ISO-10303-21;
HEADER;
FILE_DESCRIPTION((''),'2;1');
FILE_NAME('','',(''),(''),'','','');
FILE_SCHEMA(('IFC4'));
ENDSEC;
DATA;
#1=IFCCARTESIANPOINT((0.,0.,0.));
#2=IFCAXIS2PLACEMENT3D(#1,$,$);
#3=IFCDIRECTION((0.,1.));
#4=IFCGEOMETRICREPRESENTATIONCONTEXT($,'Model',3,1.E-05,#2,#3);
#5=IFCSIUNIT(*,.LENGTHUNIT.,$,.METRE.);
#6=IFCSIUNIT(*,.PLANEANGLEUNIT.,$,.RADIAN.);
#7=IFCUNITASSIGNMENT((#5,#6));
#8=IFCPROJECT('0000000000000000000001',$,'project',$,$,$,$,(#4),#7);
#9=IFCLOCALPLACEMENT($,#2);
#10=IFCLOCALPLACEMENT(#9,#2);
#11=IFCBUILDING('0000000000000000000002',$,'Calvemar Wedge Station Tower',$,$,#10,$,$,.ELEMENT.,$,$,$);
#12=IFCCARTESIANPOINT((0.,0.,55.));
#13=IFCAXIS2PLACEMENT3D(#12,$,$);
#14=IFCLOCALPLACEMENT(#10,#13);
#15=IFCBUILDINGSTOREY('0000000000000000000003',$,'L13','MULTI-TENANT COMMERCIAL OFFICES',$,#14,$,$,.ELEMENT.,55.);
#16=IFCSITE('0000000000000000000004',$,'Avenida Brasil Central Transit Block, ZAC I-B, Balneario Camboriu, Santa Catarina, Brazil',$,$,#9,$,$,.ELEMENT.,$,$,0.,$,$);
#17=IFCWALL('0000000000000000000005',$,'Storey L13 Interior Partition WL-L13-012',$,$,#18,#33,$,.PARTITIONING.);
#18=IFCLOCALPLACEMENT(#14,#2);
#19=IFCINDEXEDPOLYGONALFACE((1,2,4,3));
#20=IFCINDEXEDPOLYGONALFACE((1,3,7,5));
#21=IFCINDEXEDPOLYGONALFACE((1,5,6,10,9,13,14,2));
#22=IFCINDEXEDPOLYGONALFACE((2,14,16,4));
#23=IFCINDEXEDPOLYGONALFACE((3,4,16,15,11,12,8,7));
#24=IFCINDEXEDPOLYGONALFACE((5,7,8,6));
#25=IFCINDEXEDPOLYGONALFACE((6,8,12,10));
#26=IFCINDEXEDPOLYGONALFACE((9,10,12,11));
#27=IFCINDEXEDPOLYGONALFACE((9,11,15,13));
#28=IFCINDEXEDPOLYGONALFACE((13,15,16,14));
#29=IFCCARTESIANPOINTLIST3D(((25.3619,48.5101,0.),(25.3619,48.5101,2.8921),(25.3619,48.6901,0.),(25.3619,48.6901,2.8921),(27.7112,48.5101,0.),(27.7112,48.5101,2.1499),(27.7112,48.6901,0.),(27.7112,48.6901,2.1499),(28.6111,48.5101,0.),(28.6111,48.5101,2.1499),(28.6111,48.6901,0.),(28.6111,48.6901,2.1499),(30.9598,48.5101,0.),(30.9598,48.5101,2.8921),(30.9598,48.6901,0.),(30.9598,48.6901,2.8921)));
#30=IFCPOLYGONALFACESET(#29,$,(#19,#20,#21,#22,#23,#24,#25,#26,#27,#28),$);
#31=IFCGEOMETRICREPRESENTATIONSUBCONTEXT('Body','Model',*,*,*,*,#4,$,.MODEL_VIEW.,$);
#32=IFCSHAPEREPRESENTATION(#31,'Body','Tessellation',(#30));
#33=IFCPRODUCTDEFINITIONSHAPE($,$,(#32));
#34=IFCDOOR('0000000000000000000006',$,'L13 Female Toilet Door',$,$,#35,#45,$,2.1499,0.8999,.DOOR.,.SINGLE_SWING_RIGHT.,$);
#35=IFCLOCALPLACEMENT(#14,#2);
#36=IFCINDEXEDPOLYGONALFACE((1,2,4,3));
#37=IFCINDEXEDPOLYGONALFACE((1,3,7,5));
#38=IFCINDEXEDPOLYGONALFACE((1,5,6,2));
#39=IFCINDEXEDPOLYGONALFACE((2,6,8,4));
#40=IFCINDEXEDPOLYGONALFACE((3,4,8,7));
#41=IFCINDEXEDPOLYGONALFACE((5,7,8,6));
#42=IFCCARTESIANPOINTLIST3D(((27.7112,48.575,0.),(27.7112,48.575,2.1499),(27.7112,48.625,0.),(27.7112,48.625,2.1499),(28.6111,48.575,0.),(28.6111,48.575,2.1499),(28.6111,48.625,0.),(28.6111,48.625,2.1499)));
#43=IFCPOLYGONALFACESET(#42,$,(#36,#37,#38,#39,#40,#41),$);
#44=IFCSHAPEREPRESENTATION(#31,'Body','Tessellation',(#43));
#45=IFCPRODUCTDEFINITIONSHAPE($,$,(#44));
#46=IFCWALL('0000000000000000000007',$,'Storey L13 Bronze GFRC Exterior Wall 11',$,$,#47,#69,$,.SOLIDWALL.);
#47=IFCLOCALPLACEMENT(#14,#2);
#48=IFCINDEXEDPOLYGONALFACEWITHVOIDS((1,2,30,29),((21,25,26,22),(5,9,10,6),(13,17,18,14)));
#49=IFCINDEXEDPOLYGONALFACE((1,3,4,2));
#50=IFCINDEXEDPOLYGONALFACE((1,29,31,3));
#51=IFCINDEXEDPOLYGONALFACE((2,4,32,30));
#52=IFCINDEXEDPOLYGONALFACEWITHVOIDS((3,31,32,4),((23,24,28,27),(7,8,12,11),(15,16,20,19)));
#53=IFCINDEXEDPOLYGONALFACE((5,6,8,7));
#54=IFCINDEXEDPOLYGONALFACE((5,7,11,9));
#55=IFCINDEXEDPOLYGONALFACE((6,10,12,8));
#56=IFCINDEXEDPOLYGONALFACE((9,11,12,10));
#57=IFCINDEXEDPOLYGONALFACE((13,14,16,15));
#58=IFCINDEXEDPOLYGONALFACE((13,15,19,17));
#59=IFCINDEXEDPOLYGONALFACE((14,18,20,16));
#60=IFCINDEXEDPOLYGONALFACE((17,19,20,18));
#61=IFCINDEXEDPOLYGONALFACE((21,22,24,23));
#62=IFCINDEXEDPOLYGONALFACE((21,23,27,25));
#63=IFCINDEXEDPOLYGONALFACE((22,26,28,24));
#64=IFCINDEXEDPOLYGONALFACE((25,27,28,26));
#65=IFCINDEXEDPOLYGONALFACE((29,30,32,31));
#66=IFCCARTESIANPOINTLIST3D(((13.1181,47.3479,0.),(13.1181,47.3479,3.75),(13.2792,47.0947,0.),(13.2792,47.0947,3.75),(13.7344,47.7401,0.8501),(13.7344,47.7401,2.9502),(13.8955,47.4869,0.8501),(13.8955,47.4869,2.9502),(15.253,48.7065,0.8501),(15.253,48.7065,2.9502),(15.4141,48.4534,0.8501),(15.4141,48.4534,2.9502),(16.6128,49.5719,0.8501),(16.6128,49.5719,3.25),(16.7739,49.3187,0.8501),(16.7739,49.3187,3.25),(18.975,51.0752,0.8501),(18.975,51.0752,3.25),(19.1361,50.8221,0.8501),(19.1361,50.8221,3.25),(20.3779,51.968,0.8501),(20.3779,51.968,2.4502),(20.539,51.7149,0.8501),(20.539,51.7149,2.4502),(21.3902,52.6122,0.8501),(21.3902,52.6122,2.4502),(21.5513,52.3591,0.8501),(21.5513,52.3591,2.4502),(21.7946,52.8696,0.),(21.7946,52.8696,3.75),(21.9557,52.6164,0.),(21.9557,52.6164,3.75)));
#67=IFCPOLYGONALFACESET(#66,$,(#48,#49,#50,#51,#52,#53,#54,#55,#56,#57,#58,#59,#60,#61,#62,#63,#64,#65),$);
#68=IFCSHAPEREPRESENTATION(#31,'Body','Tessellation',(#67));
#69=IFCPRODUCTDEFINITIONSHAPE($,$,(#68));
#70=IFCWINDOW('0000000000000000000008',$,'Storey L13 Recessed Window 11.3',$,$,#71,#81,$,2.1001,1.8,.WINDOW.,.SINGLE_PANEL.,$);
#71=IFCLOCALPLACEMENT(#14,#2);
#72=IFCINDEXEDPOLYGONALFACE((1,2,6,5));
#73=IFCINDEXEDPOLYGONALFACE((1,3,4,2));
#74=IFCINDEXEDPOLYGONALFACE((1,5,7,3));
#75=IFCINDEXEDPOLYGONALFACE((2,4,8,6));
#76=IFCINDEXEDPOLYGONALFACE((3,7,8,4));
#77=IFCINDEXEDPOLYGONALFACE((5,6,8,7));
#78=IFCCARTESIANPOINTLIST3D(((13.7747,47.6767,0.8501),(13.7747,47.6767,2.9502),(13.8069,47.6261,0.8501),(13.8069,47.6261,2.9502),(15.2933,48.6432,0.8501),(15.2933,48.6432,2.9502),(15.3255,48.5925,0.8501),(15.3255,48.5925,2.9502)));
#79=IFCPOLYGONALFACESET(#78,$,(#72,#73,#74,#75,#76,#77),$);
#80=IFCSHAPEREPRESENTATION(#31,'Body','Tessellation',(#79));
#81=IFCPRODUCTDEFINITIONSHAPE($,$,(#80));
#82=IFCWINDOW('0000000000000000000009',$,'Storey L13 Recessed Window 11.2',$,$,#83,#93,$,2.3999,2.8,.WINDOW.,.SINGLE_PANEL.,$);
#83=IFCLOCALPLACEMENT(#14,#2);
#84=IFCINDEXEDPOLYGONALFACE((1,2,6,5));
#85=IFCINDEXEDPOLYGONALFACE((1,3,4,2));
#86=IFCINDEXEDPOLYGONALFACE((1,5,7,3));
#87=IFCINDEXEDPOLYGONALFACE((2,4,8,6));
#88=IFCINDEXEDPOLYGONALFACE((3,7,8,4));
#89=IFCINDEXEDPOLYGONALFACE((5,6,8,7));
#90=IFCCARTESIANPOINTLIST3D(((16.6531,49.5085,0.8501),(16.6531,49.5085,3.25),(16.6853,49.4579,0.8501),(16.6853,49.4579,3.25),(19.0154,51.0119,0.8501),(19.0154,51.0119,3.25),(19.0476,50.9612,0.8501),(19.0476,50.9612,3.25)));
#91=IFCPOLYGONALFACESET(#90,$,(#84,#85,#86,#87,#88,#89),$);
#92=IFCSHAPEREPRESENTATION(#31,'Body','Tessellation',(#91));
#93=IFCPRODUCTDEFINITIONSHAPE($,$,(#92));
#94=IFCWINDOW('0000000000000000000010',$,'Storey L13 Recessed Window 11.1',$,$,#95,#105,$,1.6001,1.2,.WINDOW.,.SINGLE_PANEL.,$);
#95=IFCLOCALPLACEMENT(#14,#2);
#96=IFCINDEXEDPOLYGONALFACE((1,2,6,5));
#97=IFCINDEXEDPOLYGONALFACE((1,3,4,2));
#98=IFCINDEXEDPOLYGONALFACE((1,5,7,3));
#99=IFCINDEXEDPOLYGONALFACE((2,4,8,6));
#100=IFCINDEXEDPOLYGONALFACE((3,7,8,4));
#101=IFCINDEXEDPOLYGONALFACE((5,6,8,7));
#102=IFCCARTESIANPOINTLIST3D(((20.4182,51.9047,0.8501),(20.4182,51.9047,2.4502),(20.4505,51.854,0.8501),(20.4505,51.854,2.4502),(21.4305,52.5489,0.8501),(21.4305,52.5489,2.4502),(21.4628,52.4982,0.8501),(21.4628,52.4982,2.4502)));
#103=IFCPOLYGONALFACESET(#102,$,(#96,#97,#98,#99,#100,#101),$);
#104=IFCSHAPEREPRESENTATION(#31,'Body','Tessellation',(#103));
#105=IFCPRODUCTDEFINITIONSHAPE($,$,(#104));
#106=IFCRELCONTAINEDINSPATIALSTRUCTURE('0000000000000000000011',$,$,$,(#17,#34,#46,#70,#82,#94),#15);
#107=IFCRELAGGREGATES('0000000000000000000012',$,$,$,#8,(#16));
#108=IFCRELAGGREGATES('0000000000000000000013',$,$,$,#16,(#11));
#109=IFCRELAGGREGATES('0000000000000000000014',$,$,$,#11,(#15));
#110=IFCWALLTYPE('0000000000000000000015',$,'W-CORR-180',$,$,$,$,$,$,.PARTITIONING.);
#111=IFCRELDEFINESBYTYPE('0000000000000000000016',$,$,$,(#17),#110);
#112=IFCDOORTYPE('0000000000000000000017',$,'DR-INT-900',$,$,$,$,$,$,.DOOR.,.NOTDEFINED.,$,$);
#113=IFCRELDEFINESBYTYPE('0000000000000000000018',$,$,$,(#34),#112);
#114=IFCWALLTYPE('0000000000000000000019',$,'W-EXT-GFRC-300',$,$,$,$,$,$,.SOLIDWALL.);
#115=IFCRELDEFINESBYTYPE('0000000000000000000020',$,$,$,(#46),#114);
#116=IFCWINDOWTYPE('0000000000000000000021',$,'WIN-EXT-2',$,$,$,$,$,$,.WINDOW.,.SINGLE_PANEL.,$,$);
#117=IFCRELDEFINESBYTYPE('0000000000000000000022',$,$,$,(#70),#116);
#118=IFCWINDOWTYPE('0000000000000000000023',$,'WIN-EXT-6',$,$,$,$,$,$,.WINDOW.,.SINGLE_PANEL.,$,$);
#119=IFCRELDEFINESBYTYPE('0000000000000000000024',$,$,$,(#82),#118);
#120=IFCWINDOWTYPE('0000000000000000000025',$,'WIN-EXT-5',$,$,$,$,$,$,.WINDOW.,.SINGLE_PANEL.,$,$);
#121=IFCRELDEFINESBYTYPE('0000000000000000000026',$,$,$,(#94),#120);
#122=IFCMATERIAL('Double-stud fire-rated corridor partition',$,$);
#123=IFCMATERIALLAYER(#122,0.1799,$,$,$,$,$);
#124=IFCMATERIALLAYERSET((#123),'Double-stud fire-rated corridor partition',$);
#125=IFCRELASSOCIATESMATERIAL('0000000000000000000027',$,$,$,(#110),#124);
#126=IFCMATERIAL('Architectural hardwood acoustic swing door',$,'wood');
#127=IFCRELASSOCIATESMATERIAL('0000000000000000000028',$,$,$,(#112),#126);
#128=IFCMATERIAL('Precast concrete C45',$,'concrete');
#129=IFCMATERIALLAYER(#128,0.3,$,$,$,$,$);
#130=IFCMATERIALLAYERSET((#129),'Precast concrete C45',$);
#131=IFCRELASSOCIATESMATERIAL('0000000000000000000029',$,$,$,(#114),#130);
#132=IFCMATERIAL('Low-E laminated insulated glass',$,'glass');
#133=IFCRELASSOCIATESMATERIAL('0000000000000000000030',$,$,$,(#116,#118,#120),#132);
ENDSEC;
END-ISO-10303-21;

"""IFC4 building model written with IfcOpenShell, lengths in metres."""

from ifc_helpers import new_model, si_unit, direction, frame, frame_2d, origin, place, context, subcontext, project, spatial, rectangle, extrude, source, transform, mapped, material, layer, layer_set, type_object, element, fill, save


model = new_model("IFC4")

# Units and contexts
model_context = context("Model", 3, precision=1e-05, world=origin(), true_north=direction((0.0, 1.0)))
body_context = subcontext(model_context, "Body", "Model", "MODEL_VIEW")
ifc_project = project(units=[si_unit("LENGTHUNIT", "METRE"), si_unit("PLANEANGLEUNIT", "RADIAN")], contexts=[model_context])

# Site, building, storey
site_placement = place(None, origin())
site = spatial("IfcSite", under=ifc_project, at=site_placement, Name="Avenida Brasil Central Transit Block, ZAC I-B, Balneario Camboriu, Santa Catarina, Brazil", CompositionType="ELEMENT", RefElevation=0.0)
building_placement = place(site_placement, origin())
building = spatial("IfcBuilding", under=site, at=building_placement, Name="Calvemar Wedge Station Tower", CompositionType="ELEMENT")
storey_placement = place(building_placement, frame((0.0, 0.0, 55.0)))
storey = spatial("IfcBuildingStorey", under=building, at=storey_placement, Name="L13", Description="MULTI-TENANT COMMERCIAL OFFICES", CompositionType="ELEMENT", Elevation=55.0)

# Shared definitions
ifc_material_1 = material(Name="Double-stud fire-rated corridor partition")
ifc_layer_1 = layer(ifc_material_1, 0.1799)
ifc_layer_set_1 = layer_set([ifc_layer_1], Name="Double-stud fire-rated corridor partition")
wall_type_1 = type_object("IfcWallType", Name="W-CORR-180", PredefinedType="PARTITIONING", material=ifc_layer_set_1)

# Wall, opening, door
shared_shape_1 = source(origin(), body_context, "Body", "SweptSolid", [
    extrude(rectangle(XDim=0.8999, YDim=2.1499, at=frame_2d((0.45, 1.075))), frame((0.0, 0.1001, 0.0), z_axis=(0.0, -1.0, 0.0), x_axis=(1.0, 0.0, 0.0)), (0.0, 0.0, 1.0), 0.2),
])
ifc_material_2 = material(Name="Architectural hardwood acoustic swing door", Category="wood")
door_type = type_object("IfcDoorType", Name="DR-INT-900", OperationType="NOTDEFINED", PredefinedType="DOOR", material=ifc_material_2)
shared_shape_2 = source(origin(), body_context, "Body", "SweptSolid", [
    extrude(rectangle(XDim=0.8999, YDim=2.1499, at=frame_2d((0.45, 1.075))), frame((0.0, 0.0249, 0.0), z_axis=(0.0, -1.0, 0.0), x_axis=(1.0, 0.0, 0.0)), (0.0, 0.0, 1.0), 0.05),
])
wall_1_placement = place(storey_placement, frame((25.3621, 48.6001, 0.0), z_axis=(0.0, 0.0, 1.0), x_axis=(1.0, 0.0, 0.0)))
wall_1 = element("IfcWall", 1, at=wall_1_placement, inside=storey, type_object=wall_type_1, Name="Storey L13 Interior Partition WL-L13-012", PredefinedType="PARTITIONING", context=body_context, shape_type="SweptSolid", body=[
    extrude(rectangle(XDim=5.5979, YDim=0.1799, at=frame_2d((2.7988, 0.0))), origin(), (0.0, 0.0, 1.0), 2.8921),
])
opening_1_placement = place(wall_1_placement, frame((2.3491, 0.0, 0.0)))
opening_1 = element("IfcOpeningElement", 2, at=opening_1_placement, cuts=wall_1, PredefinedType="OPENING", context=body_context, shape_type="MappedRepresentation", body=[
    mapped(shared_shape_1, transform((0.0, 0.0, 0.0), scale=1.0)),
])
door_1_placement = place(opening_1_placement, origin())
door_1 = element("IfcDoor", 3, at=door_1_placement, inside=storey, type_object=door_type, Name="L13 Female Toilet Door", OperationType="SINGLE_SWING_RIGHT", OverallHeight=2.1499, OverallWidth=0.8999, PredefinedType="DOOR", context=body_context, shape_type="MappedRepresentation", body=[
    mapped(shared_shape_2, transform((0.0, 0.0, 0.0), scale=1.0)),
])
fill(opening_1, door_1)

# Wall, openings, windows
ifc_material_3 = material(Name="Precast concrete C45", Category="concrete")
ifc_layer_2 = layer(ifc_material_3, 0.3)
ifc_layer_set_2 = layer_set([ifc_layer_2], Name="Precast concrete C45")
wall_type_2 = type_object("IfcWallType", Name="W-EXT-GFRC-300", PredefinedType="SOLIDWALL", material=ifc_layer_set_2)
wall_2_placement = place(storey_placement, frame((21.875, 52.7429, 0.0), z_axis=(0.0, 0.0, 1.0), x_axis=(-0.843648, -0.536897, 0.0)))
wall_2 = element("IfcWall", 4, at=wall_2_placement, inside=storey, type_object=wall_type_2, Name="Storey L13 Bronze GFRC Exterior Wall 11", PredefinedType="SOLIDWALL", context=body_context, shape_type="SweptSolid", body=[
    extrude(rectangle(XDim=10.2844, YDim=0.3, at=frame_2d((5.1421, 0.0))), origin(), (0.0, 0.0, 1.0), 3.75),
])
shared_shape_3 = source(origin(), body_context, "Body", "SweptSolid", [
    extrude(rectangle(XDim=1.2, YDim=1.6001, at=frame_2d((0.6001, 0.8))), frame((0.0, 0.1602, 0.0), z_axis=(0.0, -1.0, 0.0), x_axis=(1.0, 0.0, 0.0)), (0.0, 0.0, 1.0), 0.3201),
])
opening_2_placement = place(wall_2_placement, frame((0.479, 0.0, 0.8501)))
opening_2 = element("IfcOpeningElement", 5, at=opening_2_placement, cuts=wall_2, PredefinedType="OPENING", context=body_context, shape_type="MappedRepresentation", body=[
    mapped(shared_shape_3, transform((0.0, 0.0, 0.0), scale=1.0)),
])
shared_shape_4 = source(origin(), body_context, "Body", "SweptSolid", [
    extrude(rectangle(XDim=2.8, YDim=2.3999, at=frame_2d((1.3999, 1.2))), frame((0.0, 0.1602, 0.0), z_axis=(0.0, -1.0, 0.0), x_axis=(1.0, 0.0, 0.0)), (0.0, 0.0, 1.0), 0.3201),
])
opening_3_placement = place(wall_2_placement, frame((3.342, 0.0, 0.8501)))
opening_3 = element("IfcOpeningElement", 6, at=opening_3_placement, cuts=wall_2, PredefinedType="OPENING", context=body_context, shape_type="MappedRepresentation", body=[
    mapped(shared_shape_4, transform((0.0, 0.0, 0.0), scale=1.0)),
])
shared_shape_5 = source(origin(), body_context, "Body", "SweptSolid", [
    extrude(rectangle(XDim=1.8, YDim=2.1001, at=frame_2d((0.8999, 1.05))), frame((0.0, 0.1602, 0.0), z_axis=(0.0, -1.0, 0.0), x_axis=(1.0, 0.0, 0.0)), (0.0, 0.0, 1.0), 0.3201),
])
opening_4_placement = place(wall_2_placement, frame((7.7539, 0.0, 0.8501)))
opening_4 = element("IfcOpeningElement", 7, at=opening_4_placement, cuts=wall_2, PredefinedType="OPENING", context=body_context, shape_type="MappedRepresentation", body=[
    mapped(shared_shape_5, transform((0.0, 0.0, 0.0), scale=1.0)),
])
ifc_material_4 = material(Name="Low-E laminated insulated glass", Category="glass")
window_type_1 = type_object("IfcWindowType", Name="WIN-EXT-2", PartitioningType="SINGLE_PANEL", PredefinedType="WINDOW", material=ifc_material_4)
shared_shape_6 = source(origin(), body_context, "Body", "SweptSolid", [
    extrude(rectangle(XDim=1.8, YDim=2.1001, at=frame_2d((0.8999, 1.05))), frame((0.0, -0.0149, 0.0), z_axis=(0.0, -1.0, 0.0), x_axis=(1.0, 0.0, 0.0)), (0.0, 0.0, 1.0), 0.0601),
])
window_1_placement = place(opening_4_placement, origin())
window_1 = element("IfcWindow", 8, at=window_1_placement, inside=storey, type_object=window_type_1, Name="Storey L13 Recessed Window 11.3", OverallHeight=2.1001, OverallWidth=1.8, PartitioningType="SINGLE_PANEL", PredefinedType="WINDOW", context=body_context, shape_type="MappedRepresentation", body=[
    mapped(shared_shape_6, transform((0.0, 0.0, 0.0), scale=1.0)),
])
fill(opening_4, window_1)
window_type_2 = type_object("IfcWindowType", Name="WIN-EXT-6", PartitioningType="SINGLE_PANEL", PredefinedType="WINDOW", material=ifc_material_4)
shared_shape_7 = source(origin(), body_context, "Body", "SweptSolid", [
    extrude(rectangle(XDim=2.8, YDim=2.3999, at=frame_2d((1.3999, 1.2))), frame((0.0, -0.0149, 0.0), z_axis=(0.0, -1.0, 0.0), x_axis=(1.0, 0.0, 0.0)), (0.0, 0.0, 1.0), 0.0601),
])
window_2_placement = place(opening_3_placement, origin())
window_2 = element("IfcWindow", 9, at=window_2_placement, inside=storey, type_object=window_type_2, Name="Storey L13 Recessed Window 11.2", OverallHeight=2.3999, OverallWidth=2.8, PartitioningType="SINGLE_PANEL", PredefinedType="WINDOW", context=body_context, shape_type="MappedRepresentation", body=[
    mapped(shared_shape_7, transform((0.0, 0.0, 0.0), scale=1.0)),
])
fill(opening_3, window_2)
window_type_3 = type_object("IfcWindowType", Name="WIN-EXT-5", PartitioningType="SINGLE_PANEL", PredefinedType="WINDOW", material=ifc_material_4)
shared_shape_8 = source(origin(), body_context, "Body", "SweptSolid", [
    extrude(rectangle(XDim=1.2, YDim=1.6001, at=frame_2d((0.6001, 0.8))), frame((0.0, -0.0149, 0.0), z_axis=(0.0, -1.0, 0.0), x_axis=(1.0, 0.0, 0.0)), (0.0, 0.0, 1.0), 0.0601),
])
window_3_placement = place(opening_2_placement, origin())
window_3 = element("IfcWindow", 10, at=window_3_placement, inside=storey, type_object=window_type_3, Name="Storey L13 Recessed Window 11.1", OverallHeight=1.6001, OverallWidth=1.2, PartitioningType="SINGLE_PANEL", PredefinedType="WINDOW", context=body_context, shape_type="MappedRepresentation", body=[
    mapped(shared_shape_8, transform((0.0, 0.0, 0.0), scale=1.0)),
])
fill(opening_2, window_3)

save(model, "model.ifc")
